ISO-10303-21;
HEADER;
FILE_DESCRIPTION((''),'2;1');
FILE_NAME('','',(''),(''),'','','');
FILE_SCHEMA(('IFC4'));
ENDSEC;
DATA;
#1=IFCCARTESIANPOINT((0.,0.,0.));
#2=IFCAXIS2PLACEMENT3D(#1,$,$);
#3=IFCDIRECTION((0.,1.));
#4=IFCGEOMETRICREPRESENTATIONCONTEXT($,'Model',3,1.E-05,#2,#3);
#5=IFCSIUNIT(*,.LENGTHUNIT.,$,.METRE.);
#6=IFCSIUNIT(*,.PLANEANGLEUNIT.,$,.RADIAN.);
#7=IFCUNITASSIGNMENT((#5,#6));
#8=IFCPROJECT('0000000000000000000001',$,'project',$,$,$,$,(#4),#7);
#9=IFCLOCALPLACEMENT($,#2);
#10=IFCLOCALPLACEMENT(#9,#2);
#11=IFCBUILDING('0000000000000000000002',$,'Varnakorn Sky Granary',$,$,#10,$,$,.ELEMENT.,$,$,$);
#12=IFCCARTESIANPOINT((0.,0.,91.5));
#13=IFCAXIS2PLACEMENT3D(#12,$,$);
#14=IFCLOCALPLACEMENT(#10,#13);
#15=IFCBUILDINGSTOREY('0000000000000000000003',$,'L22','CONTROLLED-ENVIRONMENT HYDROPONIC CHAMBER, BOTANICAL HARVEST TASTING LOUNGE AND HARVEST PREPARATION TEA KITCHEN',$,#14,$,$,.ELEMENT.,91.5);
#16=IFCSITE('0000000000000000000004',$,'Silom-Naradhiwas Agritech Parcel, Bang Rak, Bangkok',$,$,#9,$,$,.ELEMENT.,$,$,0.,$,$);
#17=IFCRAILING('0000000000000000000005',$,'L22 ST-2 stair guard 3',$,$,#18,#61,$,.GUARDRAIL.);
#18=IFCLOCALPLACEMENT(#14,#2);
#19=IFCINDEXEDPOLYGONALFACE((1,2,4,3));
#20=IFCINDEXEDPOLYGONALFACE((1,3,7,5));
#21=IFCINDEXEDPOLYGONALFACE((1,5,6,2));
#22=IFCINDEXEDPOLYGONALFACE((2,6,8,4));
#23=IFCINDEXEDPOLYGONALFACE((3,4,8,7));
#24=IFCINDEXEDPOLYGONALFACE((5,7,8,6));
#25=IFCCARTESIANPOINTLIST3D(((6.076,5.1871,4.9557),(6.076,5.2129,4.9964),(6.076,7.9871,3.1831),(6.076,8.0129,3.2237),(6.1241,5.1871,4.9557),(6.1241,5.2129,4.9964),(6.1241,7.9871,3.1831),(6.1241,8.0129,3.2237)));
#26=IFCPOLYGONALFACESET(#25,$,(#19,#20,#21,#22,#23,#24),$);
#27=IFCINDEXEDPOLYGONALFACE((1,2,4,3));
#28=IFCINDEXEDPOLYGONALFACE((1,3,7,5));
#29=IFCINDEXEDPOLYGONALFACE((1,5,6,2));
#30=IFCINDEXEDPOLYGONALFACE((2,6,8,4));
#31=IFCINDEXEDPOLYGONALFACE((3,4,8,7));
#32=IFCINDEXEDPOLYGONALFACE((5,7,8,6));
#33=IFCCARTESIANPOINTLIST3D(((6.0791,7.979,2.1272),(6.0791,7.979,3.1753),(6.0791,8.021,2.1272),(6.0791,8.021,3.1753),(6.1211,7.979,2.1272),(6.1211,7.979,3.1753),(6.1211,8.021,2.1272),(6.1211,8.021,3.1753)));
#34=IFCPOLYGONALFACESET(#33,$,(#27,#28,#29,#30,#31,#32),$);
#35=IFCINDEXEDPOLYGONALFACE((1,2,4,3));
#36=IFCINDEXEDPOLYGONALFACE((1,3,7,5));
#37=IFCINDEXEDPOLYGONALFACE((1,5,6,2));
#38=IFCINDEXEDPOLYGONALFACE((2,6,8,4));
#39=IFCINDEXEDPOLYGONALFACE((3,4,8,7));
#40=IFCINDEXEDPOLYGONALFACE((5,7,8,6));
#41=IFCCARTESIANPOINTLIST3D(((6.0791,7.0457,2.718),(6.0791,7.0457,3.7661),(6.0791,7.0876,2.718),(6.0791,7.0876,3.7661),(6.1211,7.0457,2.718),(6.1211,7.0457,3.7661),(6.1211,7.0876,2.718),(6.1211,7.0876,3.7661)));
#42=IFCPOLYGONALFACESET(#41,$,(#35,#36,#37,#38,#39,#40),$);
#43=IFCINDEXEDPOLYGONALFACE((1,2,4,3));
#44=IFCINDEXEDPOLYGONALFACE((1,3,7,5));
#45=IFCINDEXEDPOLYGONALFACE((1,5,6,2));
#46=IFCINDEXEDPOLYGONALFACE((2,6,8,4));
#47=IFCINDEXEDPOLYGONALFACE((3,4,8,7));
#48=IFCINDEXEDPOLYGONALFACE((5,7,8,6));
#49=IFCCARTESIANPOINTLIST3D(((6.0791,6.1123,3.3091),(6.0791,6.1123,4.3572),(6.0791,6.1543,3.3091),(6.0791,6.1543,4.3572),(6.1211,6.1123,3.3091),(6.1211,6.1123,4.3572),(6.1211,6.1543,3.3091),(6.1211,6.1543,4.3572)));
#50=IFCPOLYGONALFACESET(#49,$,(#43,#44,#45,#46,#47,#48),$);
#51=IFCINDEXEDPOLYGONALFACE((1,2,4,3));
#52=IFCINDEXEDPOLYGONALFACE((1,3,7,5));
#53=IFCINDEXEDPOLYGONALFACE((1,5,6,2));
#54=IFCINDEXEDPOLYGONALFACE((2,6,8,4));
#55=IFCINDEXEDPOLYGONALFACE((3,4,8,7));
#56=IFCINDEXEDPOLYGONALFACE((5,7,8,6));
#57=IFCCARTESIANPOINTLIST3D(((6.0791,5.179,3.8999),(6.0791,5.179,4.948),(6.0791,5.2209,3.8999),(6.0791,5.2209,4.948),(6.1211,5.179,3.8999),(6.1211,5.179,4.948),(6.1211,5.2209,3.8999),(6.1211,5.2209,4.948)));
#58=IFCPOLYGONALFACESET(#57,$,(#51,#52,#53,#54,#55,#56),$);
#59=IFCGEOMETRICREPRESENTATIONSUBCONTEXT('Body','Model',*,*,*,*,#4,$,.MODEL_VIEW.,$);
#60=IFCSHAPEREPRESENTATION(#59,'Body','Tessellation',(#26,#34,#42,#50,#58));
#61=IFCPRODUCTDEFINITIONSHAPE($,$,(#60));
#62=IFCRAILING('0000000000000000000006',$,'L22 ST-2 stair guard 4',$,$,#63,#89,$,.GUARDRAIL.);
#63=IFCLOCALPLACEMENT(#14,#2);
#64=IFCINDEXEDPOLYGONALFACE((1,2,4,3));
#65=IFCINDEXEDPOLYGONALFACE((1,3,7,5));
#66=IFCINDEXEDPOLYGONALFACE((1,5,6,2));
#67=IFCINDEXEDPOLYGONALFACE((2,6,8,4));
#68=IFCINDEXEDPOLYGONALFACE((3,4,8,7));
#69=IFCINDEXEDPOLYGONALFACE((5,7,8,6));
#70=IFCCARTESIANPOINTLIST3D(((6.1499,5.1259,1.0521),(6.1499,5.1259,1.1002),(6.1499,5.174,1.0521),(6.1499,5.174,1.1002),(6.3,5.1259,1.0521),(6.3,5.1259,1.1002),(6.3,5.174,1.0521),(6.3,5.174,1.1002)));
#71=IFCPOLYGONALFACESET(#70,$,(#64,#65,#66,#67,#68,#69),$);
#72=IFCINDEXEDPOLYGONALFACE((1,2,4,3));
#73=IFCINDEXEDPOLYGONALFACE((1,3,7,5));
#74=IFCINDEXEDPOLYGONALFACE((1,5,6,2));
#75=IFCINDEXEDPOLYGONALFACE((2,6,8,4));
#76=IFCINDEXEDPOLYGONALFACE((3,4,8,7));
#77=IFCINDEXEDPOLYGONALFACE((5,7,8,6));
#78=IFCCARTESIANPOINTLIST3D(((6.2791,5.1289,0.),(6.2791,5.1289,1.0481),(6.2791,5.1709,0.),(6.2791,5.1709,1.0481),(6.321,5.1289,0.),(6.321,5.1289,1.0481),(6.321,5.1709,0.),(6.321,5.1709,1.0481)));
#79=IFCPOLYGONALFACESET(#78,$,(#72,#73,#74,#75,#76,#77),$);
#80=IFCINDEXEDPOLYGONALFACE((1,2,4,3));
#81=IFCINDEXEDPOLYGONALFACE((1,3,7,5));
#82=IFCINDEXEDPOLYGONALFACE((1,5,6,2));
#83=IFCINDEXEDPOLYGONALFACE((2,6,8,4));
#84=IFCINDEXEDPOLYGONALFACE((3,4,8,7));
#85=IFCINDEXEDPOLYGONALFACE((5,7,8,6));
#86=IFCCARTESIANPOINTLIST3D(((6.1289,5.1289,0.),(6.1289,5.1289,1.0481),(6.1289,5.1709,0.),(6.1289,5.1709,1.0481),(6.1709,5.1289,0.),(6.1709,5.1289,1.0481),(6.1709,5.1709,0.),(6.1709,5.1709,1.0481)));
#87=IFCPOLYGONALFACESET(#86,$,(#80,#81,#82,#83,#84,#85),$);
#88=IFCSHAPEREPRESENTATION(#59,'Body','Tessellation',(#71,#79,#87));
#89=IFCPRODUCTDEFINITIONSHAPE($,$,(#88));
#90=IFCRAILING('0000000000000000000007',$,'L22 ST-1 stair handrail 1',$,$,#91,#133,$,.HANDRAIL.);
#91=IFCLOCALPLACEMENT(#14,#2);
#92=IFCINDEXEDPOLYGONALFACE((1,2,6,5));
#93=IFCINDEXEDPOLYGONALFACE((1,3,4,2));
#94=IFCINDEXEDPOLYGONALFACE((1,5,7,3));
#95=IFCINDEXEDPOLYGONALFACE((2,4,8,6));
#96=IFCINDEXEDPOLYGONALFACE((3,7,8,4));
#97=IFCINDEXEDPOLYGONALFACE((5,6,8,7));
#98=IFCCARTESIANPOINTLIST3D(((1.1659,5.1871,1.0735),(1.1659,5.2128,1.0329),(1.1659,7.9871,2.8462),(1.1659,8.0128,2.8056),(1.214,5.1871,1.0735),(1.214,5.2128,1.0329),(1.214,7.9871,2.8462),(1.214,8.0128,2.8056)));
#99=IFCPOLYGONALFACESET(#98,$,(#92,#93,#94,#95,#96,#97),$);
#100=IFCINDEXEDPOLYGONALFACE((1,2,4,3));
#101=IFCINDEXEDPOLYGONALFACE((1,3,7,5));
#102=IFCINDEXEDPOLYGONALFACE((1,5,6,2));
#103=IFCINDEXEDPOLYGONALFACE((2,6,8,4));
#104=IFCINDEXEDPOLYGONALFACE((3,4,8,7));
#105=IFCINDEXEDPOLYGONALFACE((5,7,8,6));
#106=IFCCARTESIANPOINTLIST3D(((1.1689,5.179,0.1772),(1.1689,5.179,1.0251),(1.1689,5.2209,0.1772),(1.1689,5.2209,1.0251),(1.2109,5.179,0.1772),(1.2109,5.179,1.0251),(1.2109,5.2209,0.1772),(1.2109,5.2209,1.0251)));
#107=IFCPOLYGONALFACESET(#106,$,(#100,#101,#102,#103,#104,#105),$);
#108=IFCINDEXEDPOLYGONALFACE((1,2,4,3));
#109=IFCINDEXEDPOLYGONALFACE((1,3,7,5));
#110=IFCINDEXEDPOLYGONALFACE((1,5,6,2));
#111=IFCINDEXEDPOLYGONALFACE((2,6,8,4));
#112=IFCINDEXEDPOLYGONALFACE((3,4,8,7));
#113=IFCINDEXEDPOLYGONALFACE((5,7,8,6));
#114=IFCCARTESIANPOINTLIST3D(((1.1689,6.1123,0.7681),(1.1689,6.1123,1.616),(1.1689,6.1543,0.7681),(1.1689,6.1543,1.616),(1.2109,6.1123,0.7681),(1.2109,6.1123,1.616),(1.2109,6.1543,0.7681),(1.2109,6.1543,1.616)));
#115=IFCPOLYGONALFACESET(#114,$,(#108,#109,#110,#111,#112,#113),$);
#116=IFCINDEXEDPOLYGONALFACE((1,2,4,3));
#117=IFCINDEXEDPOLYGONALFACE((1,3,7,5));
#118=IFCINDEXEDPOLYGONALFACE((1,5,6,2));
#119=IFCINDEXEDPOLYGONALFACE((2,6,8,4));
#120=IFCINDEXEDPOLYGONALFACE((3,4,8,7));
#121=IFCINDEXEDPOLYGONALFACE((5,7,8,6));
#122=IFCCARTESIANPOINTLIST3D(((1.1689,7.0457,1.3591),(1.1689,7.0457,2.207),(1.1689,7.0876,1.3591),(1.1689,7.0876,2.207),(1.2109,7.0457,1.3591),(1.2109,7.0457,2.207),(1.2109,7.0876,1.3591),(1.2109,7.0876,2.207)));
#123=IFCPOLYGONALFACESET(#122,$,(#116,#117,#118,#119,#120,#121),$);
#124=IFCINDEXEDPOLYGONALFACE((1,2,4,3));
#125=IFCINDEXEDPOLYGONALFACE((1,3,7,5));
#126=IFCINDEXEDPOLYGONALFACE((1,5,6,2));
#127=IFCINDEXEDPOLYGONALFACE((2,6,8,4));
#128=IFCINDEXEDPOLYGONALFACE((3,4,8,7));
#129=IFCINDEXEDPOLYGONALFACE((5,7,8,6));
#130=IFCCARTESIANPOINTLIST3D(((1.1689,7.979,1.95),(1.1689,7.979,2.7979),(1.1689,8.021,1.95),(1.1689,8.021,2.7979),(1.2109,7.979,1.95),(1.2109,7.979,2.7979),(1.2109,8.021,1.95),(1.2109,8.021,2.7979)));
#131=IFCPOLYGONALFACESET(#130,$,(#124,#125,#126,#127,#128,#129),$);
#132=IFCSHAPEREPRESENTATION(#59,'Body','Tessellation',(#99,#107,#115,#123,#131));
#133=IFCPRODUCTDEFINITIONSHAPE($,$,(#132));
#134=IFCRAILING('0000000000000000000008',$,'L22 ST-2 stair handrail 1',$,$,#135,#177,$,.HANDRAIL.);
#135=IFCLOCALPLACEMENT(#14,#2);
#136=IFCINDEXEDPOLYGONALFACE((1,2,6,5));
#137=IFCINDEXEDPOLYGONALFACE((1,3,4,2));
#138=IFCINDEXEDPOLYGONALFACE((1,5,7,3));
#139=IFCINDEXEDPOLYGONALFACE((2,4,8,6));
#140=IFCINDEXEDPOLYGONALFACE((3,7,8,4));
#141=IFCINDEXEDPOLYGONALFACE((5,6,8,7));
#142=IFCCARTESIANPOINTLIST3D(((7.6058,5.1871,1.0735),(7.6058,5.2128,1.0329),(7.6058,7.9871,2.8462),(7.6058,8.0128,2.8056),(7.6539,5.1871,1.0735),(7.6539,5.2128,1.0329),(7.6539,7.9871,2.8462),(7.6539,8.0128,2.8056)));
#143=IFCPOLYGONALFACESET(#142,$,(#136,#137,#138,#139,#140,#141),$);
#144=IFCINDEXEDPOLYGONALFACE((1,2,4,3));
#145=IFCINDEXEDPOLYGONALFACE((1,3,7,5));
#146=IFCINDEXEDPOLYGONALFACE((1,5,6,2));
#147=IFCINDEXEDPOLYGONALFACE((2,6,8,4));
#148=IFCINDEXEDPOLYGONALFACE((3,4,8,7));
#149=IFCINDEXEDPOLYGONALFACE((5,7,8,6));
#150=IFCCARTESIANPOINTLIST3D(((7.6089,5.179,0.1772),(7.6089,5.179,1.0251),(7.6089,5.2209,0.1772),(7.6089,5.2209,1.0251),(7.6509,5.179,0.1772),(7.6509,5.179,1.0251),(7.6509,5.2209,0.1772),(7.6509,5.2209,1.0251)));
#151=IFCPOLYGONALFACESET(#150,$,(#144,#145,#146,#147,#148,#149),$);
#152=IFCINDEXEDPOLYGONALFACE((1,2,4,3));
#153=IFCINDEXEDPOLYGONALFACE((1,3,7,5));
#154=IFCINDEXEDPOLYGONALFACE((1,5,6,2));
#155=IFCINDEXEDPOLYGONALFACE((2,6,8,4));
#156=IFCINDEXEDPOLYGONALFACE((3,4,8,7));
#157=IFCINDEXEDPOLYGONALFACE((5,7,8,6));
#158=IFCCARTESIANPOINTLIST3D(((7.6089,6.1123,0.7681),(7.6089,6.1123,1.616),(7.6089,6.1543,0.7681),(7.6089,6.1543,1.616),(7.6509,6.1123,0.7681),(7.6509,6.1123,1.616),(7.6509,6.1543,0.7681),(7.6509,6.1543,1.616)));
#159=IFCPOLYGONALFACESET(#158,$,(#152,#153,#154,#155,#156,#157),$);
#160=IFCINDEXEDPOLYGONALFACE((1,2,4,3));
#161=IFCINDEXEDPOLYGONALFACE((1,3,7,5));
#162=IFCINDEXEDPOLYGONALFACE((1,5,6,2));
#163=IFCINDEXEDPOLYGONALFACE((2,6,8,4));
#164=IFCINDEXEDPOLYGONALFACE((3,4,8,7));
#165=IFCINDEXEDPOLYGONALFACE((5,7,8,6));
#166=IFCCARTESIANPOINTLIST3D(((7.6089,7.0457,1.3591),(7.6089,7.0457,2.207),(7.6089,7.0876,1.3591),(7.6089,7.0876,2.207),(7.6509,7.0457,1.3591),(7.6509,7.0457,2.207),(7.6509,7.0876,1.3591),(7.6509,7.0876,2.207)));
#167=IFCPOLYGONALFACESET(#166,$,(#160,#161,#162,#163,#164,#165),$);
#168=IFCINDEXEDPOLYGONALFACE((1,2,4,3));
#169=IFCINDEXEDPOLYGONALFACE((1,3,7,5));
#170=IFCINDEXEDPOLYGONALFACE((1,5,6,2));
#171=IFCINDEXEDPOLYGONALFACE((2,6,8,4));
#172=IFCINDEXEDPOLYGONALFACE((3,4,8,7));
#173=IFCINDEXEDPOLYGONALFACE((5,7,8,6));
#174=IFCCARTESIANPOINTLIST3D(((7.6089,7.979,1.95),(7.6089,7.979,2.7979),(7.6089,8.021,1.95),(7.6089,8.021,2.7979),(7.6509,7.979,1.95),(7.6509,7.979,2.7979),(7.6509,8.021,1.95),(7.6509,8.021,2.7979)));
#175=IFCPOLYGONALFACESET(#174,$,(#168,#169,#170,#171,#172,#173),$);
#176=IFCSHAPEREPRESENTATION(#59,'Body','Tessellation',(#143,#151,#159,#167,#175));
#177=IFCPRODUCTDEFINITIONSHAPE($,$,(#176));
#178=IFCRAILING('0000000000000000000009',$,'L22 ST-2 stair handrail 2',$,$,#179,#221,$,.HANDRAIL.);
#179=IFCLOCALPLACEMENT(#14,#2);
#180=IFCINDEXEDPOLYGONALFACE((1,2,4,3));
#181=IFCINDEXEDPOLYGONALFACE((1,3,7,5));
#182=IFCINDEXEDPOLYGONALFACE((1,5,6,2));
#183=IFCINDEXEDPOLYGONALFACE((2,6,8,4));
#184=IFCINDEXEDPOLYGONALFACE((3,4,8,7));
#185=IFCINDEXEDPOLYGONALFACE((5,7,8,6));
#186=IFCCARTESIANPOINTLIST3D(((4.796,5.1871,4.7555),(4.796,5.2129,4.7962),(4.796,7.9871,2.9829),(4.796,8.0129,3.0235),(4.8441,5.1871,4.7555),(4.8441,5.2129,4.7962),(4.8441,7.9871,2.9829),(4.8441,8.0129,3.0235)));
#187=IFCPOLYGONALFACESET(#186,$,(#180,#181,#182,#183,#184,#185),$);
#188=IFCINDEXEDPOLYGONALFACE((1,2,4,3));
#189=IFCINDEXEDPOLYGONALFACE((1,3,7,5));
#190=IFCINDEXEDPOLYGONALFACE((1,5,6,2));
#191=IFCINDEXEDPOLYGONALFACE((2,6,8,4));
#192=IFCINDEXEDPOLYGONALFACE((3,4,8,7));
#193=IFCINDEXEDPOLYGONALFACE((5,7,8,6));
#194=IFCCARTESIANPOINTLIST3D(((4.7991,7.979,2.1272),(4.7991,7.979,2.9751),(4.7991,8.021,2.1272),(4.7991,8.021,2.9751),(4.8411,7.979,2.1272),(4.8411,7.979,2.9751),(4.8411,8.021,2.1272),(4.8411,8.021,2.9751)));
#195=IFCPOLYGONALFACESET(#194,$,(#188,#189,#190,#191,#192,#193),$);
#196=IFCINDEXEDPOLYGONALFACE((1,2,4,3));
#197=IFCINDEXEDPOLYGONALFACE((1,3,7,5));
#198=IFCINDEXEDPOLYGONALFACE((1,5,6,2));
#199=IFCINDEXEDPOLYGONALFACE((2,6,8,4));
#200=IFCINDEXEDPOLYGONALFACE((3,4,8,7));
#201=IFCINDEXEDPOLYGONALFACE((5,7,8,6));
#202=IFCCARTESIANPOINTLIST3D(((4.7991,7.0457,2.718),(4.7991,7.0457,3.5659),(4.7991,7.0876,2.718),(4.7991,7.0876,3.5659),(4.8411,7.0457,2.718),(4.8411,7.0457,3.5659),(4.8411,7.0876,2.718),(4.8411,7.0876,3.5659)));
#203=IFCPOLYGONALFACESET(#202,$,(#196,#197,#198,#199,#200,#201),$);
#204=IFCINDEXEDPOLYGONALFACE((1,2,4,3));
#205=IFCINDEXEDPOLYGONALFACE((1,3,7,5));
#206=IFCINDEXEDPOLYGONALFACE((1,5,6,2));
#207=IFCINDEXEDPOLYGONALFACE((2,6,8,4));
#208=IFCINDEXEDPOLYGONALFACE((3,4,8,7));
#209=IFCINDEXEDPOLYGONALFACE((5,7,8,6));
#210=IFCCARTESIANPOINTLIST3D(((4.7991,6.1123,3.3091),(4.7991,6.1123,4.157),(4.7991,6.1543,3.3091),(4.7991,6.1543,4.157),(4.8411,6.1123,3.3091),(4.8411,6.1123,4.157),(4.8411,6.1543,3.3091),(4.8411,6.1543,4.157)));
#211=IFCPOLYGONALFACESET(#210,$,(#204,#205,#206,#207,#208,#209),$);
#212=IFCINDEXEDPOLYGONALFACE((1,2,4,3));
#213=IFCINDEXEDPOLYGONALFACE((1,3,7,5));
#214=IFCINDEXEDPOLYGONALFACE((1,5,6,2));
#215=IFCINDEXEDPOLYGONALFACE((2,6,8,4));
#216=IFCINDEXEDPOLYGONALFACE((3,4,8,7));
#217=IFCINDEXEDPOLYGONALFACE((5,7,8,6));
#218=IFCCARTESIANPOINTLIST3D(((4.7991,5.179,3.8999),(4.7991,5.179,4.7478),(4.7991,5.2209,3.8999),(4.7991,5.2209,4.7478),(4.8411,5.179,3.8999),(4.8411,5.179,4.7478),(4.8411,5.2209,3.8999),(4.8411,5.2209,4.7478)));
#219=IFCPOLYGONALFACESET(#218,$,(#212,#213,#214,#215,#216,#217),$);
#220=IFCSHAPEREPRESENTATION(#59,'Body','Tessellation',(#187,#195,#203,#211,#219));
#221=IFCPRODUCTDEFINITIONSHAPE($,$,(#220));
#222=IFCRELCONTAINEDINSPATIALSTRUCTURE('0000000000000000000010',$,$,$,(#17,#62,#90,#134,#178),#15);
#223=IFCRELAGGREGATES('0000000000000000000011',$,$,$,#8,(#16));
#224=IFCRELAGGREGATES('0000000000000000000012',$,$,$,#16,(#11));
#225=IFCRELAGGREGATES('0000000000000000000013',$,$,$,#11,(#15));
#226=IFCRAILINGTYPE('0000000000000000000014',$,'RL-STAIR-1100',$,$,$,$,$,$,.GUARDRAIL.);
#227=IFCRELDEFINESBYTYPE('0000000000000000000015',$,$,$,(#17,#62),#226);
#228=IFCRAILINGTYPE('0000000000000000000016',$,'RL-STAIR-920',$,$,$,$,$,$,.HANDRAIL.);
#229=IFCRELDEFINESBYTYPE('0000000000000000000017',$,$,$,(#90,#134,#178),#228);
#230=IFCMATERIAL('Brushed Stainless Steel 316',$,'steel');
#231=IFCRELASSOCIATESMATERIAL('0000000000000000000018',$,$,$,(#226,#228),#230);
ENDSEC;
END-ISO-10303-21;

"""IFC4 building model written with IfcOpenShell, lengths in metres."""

from ifc_helpers import new_model, si_unit, direction, frame, origin, origin_2d, place, context, subcontext, project, spatial, rectangle, extrude, material, type_object, element, save


model = new_model("IFC4")

# Units and contexts
model_context = context("Model", 3, precision=1e-05, world=origin(), true_north=direction((0.0, 1.0)))
body_context = subcontext(model_context, "Body", "Model", "MODEL_VIEW")
ifc_project = project(units=[si_unit("LENGTHUNIT", "METRE"), si_unit("PLANEANGLEUNIT", "RADIAN")], contexts=[model_context])

# Site, building, storey
site_placement = place(None, origin())
site = spatial("IfcSite", under=ifc_project, at=site_placement, Name="Silom-Naradhiwas Agritech Parcel, Bang Rak, Bangkok", CompositionType="ELEMENT", RefElevation=0.0)
building_placement = place(site_placement, origin())
building = spatial("IfcBuilding", under=site, at=building_placement, Name="Varnakorn Sky Granary", CompositionType="ELEMENT")
storey_placement = place(building_placement, frame((0.0, 0.0, 91.5)))
storey = spatial("IfcBuildingStorey", under=building, at=storey_placement, Name="L22", Description="CONTROLLED-ENVIRONMENT HYDROPONIC CHAMBER, BOTANICAL HARVEST TASTING LOUNGE AND HARVEST PREPARATION TEA KITCHEN", CompositionType="ELEMENT", Elevation=91.5)

# Railings
ifc_material_1 = material(Name="Brushed Stainless Steel 316", Category="steel")
railing_type_1 = type_object("IfcRailingType", Name="RL-STAIR-1100", PredefinedType="GUARDRAIL", material=ifc_material_1)
railing_1_placement = place(storey_placement, frame((6.1001, 8.0, 2.1272)))
element("IfcRailing", 1, at=railing_1_placement, inside=storey, type_object=railing_type_1, Name="L22 ST-2 stair guard 3", PredefinedType="GUARDRAIL", context=body_context, shape_type="SweptSolid", body=[
    extrude(rectangle(XDim=0.0481, YDim=0.0481, at=origin_2d()), frame((0.0, 0.0, 1.0762), z_axis=(0.0, -0.844909, 0.53491), x_axis=(1.0, 0.0, 0.0)), (0.0, 0.0, 1.0), 3.314),
    extrude(rectangle(XDim=0.042, YDim=0.042, at=origin_2d()), origin(), (0.0, 0.0, 1.0), 1.0481),
    extrude(rectangle(XDim=0.042, YDim=0.042, at=origin_2d()), frame((0.0, -0.9333, 0.5908)), (0.0, 0.0, 1.0), 1.0481),
    extrude(rectangle(XDim=0.042, YDim=0.042, at=origin_2d()), frame((0.0, -1.8667, 1.1819)), (0.0, 0.0, 1.0), 1.0481),
    extrude(rectangle(XDim=0.042, YDim=0.042, at=origin_2d()), frame((0.0, -2.8, 1.7727)), (0.0, 0.0, 1.0), 1.0481),
])
railing_2_placement = place(storey_placement, frame((6.3, 5.1499, 0.0)))
element("IfcRailing", 2, at=railing_2_placement, inside=storey, type_object=railing_type_1, Name="L22 ST-2 stair guard 4", PredefinedType="GUARDRAIL", context=body_context, shape_type="SweptSolid", body=[
    extrude(rectangle(XDim=0.0481, YDim=0.0481, at=origin_2d()), frame((0.0, 0.0, 1.0762), z_axis=(-1.0, 0.0, 0.0), x_axis=(0.0, -1.0, 0.0)), (0.0, 0.0, 1.0), 0.1501),
    extrude(rectangle(XDim=0.042, YDim=0.042, at=origin_2d()), origin(), (0.0, 0.0, 1.0), 1.0481),
    extrude(rectangle(XDim=0.042, YDim=0.042, at=origin_2d()), frame((-0.1501, 0.0, 0.0)), (0.0, 0.0, 1.0), 1.0481),
])
railing_type_2 = type_object("IfcRailingType", Name="RL-STAIR-920", PredefinedType="HANDRAIL", material=ifc_material_1)
for number, where, name in (
    (3, (1.1899, 5.2, 0.1772), "L22 ST-1 stair handrail 1"),
    (4, (7.6299, 5.2, 0.1772), "L22 ST-2 stair handrail 1"),
):
    element("IfcRailing", number, at=place(storey_placement, frame(where)), inside=storey, type_object=railing_type_2, Name=name, PredefinedType="HANDRAIL", context=body_context, shape_type="SweptSolid", body=[
        extrude(rectangle(XDim=0.0481, YDim=0.0481, at=origin_2d()), frame((0.0, 0.0, 0.876), z_axis=(0.0, 0.844909, 0.53491), x_axis=(-1.0, 0.0, 0.0)), (0.0, 0.0, 1.0), 3.314),
        extrude(rectangle(XDim=0.042, YDim=0.042, at=origin_2d()), origin(), (0.0, 0.0, 1.0), 0.8479),
        extrude(rectangle(XDim=0.042, YDim=0.042, at=origin_2d()), frame((0.0, 0.9333, 0.5908)), (0.0, 0.0, 1.0), 0.8479),
        extrude(rectangle(XDim=0.042, YDim=0.042, at=origin_2d()), frame((0.0, 1.8667, 1.1819)), (0.0, 0.0, 1.0), 0.8479),
        extrude(rectangle(XDim=0.042, YDim=0.042, at=origin_2d()), frame((0.0, 2.8, 1.7727)), (0.0, 0.0, 1.0), 0.8479),
    ])
railing_3_placement = place(storey_placement, frame((4.8201, 8.0, 2.1272)))
element("IfcRailing", 5, at=railing_3_placement, inside=storey, type_object=railing_type_2, Name="L22 ST-2 stair handrail 2", PredefinedType="HANDRAIL", context=body_context, shape_type="SweptSolid", body=[
    extrude(rectangle(XDim=0.0481, YDim=0.0481, at=origin_2d()), frame((0.0, 0.0, 0.876), z_axis=(0.0, -0.844909, 0.53491), x_axis=(1.0, 0.0, 0.0)), (0.0, 0.0, 1.0), 3.314),
    extrude(rectangle(XDim=0.042, YDim=0.042, at=origin_2d()), origin(), (0.0, 0.0, 1.0), 0.8479),
    extrude(rectangle(XDim=0.042, YDim=0.042, at=origin_2d()), frame((0.0, -0.9333, 0.5908)), (0.0, 0.0, 1.0), 0.8479),
    extrude(rectangle(XDim=0.042, YDim=0.042, at=origin_2d()), frame((0.0, -1.8667, 1.1819)), (0.0, 0.0, 1.0), 0.8479),
    extrude(rectangle(XDim=0.042, YDim=0.042, at=origin_2d()), frame((0.0, -2.8, 1.7727)), (0.0, 0.0, 1.0), 0.8479),
])

save(model, "model.ifc")
